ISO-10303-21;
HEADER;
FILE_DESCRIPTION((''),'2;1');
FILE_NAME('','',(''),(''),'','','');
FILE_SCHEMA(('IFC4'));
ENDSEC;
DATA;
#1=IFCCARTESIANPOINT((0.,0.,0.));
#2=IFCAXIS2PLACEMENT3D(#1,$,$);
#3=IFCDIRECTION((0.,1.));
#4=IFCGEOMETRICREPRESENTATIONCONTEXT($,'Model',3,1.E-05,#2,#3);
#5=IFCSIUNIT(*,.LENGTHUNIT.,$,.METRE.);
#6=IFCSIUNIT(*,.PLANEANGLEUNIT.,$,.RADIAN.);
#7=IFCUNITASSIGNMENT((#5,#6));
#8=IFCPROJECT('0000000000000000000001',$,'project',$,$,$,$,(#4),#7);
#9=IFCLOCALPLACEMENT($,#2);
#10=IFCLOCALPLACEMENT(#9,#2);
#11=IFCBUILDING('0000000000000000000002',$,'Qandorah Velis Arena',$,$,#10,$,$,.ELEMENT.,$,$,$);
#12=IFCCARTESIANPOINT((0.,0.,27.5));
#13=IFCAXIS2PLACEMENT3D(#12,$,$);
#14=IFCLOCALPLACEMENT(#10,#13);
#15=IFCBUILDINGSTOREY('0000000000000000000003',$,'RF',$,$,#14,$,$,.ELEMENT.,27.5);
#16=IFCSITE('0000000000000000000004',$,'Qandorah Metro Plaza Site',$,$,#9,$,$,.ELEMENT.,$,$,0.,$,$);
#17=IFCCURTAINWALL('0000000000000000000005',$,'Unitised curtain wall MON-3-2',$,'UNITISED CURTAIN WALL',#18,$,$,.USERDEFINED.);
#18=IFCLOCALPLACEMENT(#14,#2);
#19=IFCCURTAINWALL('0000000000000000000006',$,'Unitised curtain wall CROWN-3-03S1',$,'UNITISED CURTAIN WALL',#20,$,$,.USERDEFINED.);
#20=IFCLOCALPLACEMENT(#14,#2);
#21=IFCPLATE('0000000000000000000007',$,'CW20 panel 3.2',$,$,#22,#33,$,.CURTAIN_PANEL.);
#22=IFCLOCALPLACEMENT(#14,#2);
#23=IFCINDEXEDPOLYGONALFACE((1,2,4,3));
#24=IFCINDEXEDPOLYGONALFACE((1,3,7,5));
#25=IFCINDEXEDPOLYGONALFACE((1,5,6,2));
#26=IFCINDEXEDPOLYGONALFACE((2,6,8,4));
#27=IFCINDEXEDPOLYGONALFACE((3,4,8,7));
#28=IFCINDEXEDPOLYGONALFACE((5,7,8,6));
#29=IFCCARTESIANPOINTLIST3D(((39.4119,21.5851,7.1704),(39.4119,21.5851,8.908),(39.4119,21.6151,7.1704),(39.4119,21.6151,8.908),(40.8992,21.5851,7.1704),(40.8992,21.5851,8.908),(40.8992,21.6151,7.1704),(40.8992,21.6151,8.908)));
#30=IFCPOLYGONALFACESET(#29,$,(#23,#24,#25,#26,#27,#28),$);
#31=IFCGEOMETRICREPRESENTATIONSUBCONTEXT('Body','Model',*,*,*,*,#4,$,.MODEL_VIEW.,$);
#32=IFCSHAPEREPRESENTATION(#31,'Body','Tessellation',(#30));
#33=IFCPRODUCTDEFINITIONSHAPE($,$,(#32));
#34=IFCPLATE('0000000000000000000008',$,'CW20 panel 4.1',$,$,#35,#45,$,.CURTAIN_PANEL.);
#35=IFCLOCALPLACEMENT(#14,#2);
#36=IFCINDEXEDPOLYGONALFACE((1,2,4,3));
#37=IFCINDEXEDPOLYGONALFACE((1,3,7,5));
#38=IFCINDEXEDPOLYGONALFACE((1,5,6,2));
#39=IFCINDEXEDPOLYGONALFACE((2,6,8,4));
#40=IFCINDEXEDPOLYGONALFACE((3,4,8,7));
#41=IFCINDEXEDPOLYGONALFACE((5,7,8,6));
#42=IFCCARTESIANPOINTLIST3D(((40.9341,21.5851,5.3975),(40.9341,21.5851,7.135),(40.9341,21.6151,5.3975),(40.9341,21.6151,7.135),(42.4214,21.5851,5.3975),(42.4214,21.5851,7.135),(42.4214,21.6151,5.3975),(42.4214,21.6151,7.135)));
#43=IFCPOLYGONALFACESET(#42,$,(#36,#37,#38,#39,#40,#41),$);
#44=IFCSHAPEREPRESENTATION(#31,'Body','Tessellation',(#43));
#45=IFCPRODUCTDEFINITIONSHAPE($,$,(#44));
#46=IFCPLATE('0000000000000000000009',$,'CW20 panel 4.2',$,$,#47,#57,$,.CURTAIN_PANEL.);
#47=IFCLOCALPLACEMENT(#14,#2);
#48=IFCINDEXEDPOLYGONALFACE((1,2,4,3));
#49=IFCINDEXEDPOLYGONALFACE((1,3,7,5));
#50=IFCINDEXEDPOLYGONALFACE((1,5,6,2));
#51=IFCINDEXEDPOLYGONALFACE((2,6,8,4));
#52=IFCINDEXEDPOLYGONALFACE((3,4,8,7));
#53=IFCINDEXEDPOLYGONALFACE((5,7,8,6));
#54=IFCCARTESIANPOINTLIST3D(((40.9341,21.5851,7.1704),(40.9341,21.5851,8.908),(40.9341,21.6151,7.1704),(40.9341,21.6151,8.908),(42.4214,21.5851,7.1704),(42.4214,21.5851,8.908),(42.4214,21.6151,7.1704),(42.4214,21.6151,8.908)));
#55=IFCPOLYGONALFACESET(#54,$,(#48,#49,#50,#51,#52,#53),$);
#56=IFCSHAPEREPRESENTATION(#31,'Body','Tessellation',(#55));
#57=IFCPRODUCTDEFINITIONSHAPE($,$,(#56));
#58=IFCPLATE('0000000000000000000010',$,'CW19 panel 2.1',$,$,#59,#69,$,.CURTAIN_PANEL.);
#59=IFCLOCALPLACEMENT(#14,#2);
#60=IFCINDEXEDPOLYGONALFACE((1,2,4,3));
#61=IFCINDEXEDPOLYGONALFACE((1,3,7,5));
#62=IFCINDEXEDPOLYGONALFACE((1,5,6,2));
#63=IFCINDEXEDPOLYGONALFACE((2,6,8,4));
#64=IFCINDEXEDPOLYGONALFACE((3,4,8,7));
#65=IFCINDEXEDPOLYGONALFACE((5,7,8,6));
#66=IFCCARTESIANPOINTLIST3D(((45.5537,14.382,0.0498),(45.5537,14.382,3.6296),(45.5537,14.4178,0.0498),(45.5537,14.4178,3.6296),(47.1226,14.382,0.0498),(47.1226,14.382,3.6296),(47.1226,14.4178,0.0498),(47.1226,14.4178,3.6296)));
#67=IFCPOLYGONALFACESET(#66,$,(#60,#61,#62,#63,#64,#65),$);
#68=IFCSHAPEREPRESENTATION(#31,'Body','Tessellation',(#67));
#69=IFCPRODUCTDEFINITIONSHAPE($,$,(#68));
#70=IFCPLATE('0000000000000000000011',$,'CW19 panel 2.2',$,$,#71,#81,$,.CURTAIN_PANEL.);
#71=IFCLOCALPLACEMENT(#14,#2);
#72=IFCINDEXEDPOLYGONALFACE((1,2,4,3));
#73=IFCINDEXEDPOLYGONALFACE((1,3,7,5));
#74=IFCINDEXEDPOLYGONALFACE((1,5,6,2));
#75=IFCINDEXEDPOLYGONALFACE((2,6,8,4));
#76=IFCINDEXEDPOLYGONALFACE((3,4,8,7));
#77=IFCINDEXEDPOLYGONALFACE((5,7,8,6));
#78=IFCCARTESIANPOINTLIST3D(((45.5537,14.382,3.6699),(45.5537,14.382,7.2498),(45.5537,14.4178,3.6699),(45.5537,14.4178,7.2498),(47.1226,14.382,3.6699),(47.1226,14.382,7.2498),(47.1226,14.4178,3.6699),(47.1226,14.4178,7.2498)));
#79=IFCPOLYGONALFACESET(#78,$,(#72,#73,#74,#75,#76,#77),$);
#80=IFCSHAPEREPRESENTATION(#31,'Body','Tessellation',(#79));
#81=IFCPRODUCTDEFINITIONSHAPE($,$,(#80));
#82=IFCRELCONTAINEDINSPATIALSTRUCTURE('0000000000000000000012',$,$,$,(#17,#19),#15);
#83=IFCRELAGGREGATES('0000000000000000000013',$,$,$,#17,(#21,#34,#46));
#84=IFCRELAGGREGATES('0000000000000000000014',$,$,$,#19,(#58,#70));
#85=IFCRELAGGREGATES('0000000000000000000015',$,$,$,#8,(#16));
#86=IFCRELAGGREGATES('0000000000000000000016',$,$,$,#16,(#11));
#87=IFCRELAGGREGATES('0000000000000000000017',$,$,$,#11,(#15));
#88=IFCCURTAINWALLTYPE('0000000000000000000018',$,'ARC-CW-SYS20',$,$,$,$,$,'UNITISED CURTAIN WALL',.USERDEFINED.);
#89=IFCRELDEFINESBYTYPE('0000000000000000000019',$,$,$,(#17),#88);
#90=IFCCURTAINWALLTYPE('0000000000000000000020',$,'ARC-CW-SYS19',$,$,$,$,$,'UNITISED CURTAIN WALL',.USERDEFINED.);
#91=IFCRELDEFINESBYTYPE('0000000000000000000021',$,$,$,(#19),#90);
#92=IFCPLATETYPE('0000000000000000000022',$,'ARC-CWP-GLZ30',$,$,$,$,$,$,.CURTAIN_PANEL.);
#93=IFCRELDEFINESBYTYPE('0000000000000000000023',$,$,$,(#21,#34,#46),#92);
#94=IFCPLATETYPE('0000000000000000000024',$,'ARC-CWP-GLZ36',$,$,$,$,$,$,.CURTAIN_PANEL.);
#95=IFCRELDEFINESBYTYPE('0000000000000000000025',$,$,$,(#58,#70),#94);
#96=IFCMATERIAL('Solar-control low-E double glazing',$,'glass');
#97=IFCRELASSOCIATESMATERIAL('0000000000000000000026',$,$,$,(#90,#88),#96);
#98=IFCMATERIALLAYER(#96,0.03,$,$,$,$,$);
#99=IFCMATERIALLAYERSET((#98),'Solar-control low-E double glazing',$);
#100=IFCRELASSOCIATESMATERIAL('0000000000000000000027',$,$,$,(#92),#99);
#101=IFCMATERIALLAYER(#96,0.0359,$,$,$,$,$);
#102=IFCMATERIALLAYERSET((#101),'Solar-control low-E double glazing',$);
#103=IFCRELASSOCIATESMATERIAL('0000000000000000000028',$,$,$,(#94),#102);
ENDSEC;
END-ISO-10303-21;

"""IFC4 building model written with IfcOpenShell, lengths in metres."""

from ifc_helpers import new_model, si_unit, direction, frame, origin, origin_2d, place, context, subcontext, project, spatial, rectangle, extrude, material, layer, layer_set, type_object, element, aggregate, save


model = new_model("IFC4")

# Units and contexts
model_context = context("Model", 3, precision=1e-05, world=origin(), true_north=direction((0.0, 1.0)))
body_context = subcontext(model_context, "Body", "Model", "MODEL_VIEW")
ifc_project = project(units=[si_unit("LENGTHUNIT", "METRE"), si_unit("PLANEANGLEUNIT", "RADIAN")], contexts=[model_context])

# Site, building, storey
site_placement = place(None, origin())
site = spatial("IfcSite", under=ifc_project, at=site_placement, Name="Qandorah Metro Plaza Site", CompositionType="ELEMENT", RefElevation=0.0)
building_placement = place(site_placement, origin())
building = spatial("IfcBuilding", under=site, at=building_placement, Name="Qandorah Velis Arena", CompositionType="ELEMENT")
storey_placement = place(building_placement, frame((0.0, 0.0, 27.5)))
storey = spatial("IfcBuildingStorey", under=building, at=storey_placement, Name="RF", CompositionType="ELEMENT", Elevation=27.5)

# Curtain wall
ifc_material_1 = material(Name="Solar-control low-E double glazing", Category="glass")
curtain_wall_type_1 = type_object("IfcCurtainWallType", Name="ARC-CW-SYS19", ElementType="UNITISED CURTAIN WALL", PredefinedType="USERDEFINED", material=ifc_material_1)
curtain_wall_type_2 = type_object("IfcCurtainWallType", Name="ARC-CW-SYS20", ElementType="UNITISED CURTAIN WALL", PredefinedType="USERDEFINED", material=ifc_material_1)
curtain_wall_1_placement = place(storey_placement, origin())
curtain_wall_1 = element("IfcCurtainWall", 1, at=curtain_wall_1_placement, inside=storey, type_object=curtain_wall_type_2, Name="Unitised curtain wall MON-3-2", ObjectType="UNITISED CURTAIN WALL", PredefinedType="USERDEFINED")

# Curtain wall
curtain_wall_2_placement = place(storey_placement, origin())
curtain_wall_2 = element("IfcCurtainWall", 2, at=curtain_wall_2_placement, inside=storey, type_object=curtain_wall_type_1, Name="Unitised curtain wall CROWN-3-03S1", ObjectType="UNITISED CURTAIN WALL", PredefinedType="USERDEFINED")

# Plates
ifc_layer_1 = layer(ifc_material_1, 0.03)
ifc_layer_set_1 = layer_set([ifc_layer_1], Name="Solar-control low-E double glazing")
plate_type_1 = type_object("IfcPlateType", Name="ARC-CWP-GLZ30", PredefinedType="CURTAIN_PANEL", material=ifc_layer_set_1)
plate_1_placement = place(storey_placement, frame((40.1555, 21.6001, 7.1704), z_axis=(0.0, 0.0, 1.0), x_axis=(1.0, 0.0, 0.0)))
plate_1 = element("IfcPlate", 3, at=plate_1_placement, type_object=plate_type_1, Name="CW20 panel 3.2", PredefinedType="CURTAIN_PANEL", context=body_context, shape_type="SweptSolid", body=[
    extrude(rectangle(XDim=1.4873, YDim=0.03, at=origin_2d()), origin(), (0.0, 0.0, 1.0), 1.7375),
])
plate_2_placement = place(storey_placement, frame((41.6777, 21.6001, 5.3975), z_axis=(0.0, 0.0, 1.0), x_axis=(1.0, 0.0, 0.0)))
plate_2 = element("IfcPlate", 4, at=plate_2_placement, type_object=plate_type_1, Name="CW20 panel 4.1", PredefinedType="CURTAIN_PANEL", context=body_context, shape_type="SweptSolid", body=[
    extrude(rectangle(XDim=1.4873, YDim=0.03, at=origin_2d()), origin(), (0.0, 0.0, 1.0), 1.7375),
])
plate_3_placement = place(storey_placement, frame((41.6777, 21.6001, 7.1704), z_axis=(0.0, 0.0, 1.0), x_axis=(1.0, 0.0, 0.0)))
plate_3 = element("IfcPlate", 5, at=plate_3_placement, type_object=plate_type_1, Name="CW20 panel 4.2", PredefinedType="CURTAIN_PANEL", context=body_context, shape_type="SweptSolid", body=[
    extrude(rectangle(XDim=1.4873, YDim=0.03, at=origin_2d()), origin(), (0.0, 0.0, 1.0), 1.7375),
])
aggregate(curtain_wall_1, [plate_1, plate_2, plate_3])
ifc_layer_2 = layer(ifc_material_1, 0.0359)
ifc_layer_set_2 = layer_set([ifc_layer_2], Name="Solar-control low-E double glazing")
plate_type_2 = type_object("IfcPlateType", Name="ARC-CWP-GLZ36", PredefinedType="CURTAIN_PANEL", material=ifc_layer_set_2)
plate_4_placement = place(storey_placement, frame((46.3381, 14.3999, 0.0498), z_axis=(0.0, 0.0, 1.0), x_axis=(1.0, 0.0, 0.0)))
plate_4 = element("IfcPlate", 6, at=plate_4_placement, type_object=plate_type_2, Name="CW19 panel 2.1", PredefinedType="CURTAIN_PANEL", context=body_context, shape_type="SweptSolid", body=[
    extrude(rectangle(XDim=1.5688, YDim=0.0359, at=origin_2d()), origin(), (0.0, 0.0, 1.0), 3.5798),
])
plate_5_placement = place(storey_placement, frame((46.3381, 14.3999, 3.6699), z_axis=(0.0, 0.0, 1.0), x_axis=(1.0, 0.0, 0.0)))
plate_5 = element("IfcPlate", 7, at=plate_5_placement, type_object=plate_type_2, Name="CW19 panel 2.2", PredefinedType="CURTAIN_PANEL", context=body_context, shape_type="SweptSolid", body=[
    extrude(rectangle(XDim=1.5688, YDim=0.0359, at=origin_2d()), origin(), (0.0, 0.0, 1.0), 3.5798),
])
aggregate(curtain_wall_2, [plate_4, plate_5])

save(model, "model.ifc")
